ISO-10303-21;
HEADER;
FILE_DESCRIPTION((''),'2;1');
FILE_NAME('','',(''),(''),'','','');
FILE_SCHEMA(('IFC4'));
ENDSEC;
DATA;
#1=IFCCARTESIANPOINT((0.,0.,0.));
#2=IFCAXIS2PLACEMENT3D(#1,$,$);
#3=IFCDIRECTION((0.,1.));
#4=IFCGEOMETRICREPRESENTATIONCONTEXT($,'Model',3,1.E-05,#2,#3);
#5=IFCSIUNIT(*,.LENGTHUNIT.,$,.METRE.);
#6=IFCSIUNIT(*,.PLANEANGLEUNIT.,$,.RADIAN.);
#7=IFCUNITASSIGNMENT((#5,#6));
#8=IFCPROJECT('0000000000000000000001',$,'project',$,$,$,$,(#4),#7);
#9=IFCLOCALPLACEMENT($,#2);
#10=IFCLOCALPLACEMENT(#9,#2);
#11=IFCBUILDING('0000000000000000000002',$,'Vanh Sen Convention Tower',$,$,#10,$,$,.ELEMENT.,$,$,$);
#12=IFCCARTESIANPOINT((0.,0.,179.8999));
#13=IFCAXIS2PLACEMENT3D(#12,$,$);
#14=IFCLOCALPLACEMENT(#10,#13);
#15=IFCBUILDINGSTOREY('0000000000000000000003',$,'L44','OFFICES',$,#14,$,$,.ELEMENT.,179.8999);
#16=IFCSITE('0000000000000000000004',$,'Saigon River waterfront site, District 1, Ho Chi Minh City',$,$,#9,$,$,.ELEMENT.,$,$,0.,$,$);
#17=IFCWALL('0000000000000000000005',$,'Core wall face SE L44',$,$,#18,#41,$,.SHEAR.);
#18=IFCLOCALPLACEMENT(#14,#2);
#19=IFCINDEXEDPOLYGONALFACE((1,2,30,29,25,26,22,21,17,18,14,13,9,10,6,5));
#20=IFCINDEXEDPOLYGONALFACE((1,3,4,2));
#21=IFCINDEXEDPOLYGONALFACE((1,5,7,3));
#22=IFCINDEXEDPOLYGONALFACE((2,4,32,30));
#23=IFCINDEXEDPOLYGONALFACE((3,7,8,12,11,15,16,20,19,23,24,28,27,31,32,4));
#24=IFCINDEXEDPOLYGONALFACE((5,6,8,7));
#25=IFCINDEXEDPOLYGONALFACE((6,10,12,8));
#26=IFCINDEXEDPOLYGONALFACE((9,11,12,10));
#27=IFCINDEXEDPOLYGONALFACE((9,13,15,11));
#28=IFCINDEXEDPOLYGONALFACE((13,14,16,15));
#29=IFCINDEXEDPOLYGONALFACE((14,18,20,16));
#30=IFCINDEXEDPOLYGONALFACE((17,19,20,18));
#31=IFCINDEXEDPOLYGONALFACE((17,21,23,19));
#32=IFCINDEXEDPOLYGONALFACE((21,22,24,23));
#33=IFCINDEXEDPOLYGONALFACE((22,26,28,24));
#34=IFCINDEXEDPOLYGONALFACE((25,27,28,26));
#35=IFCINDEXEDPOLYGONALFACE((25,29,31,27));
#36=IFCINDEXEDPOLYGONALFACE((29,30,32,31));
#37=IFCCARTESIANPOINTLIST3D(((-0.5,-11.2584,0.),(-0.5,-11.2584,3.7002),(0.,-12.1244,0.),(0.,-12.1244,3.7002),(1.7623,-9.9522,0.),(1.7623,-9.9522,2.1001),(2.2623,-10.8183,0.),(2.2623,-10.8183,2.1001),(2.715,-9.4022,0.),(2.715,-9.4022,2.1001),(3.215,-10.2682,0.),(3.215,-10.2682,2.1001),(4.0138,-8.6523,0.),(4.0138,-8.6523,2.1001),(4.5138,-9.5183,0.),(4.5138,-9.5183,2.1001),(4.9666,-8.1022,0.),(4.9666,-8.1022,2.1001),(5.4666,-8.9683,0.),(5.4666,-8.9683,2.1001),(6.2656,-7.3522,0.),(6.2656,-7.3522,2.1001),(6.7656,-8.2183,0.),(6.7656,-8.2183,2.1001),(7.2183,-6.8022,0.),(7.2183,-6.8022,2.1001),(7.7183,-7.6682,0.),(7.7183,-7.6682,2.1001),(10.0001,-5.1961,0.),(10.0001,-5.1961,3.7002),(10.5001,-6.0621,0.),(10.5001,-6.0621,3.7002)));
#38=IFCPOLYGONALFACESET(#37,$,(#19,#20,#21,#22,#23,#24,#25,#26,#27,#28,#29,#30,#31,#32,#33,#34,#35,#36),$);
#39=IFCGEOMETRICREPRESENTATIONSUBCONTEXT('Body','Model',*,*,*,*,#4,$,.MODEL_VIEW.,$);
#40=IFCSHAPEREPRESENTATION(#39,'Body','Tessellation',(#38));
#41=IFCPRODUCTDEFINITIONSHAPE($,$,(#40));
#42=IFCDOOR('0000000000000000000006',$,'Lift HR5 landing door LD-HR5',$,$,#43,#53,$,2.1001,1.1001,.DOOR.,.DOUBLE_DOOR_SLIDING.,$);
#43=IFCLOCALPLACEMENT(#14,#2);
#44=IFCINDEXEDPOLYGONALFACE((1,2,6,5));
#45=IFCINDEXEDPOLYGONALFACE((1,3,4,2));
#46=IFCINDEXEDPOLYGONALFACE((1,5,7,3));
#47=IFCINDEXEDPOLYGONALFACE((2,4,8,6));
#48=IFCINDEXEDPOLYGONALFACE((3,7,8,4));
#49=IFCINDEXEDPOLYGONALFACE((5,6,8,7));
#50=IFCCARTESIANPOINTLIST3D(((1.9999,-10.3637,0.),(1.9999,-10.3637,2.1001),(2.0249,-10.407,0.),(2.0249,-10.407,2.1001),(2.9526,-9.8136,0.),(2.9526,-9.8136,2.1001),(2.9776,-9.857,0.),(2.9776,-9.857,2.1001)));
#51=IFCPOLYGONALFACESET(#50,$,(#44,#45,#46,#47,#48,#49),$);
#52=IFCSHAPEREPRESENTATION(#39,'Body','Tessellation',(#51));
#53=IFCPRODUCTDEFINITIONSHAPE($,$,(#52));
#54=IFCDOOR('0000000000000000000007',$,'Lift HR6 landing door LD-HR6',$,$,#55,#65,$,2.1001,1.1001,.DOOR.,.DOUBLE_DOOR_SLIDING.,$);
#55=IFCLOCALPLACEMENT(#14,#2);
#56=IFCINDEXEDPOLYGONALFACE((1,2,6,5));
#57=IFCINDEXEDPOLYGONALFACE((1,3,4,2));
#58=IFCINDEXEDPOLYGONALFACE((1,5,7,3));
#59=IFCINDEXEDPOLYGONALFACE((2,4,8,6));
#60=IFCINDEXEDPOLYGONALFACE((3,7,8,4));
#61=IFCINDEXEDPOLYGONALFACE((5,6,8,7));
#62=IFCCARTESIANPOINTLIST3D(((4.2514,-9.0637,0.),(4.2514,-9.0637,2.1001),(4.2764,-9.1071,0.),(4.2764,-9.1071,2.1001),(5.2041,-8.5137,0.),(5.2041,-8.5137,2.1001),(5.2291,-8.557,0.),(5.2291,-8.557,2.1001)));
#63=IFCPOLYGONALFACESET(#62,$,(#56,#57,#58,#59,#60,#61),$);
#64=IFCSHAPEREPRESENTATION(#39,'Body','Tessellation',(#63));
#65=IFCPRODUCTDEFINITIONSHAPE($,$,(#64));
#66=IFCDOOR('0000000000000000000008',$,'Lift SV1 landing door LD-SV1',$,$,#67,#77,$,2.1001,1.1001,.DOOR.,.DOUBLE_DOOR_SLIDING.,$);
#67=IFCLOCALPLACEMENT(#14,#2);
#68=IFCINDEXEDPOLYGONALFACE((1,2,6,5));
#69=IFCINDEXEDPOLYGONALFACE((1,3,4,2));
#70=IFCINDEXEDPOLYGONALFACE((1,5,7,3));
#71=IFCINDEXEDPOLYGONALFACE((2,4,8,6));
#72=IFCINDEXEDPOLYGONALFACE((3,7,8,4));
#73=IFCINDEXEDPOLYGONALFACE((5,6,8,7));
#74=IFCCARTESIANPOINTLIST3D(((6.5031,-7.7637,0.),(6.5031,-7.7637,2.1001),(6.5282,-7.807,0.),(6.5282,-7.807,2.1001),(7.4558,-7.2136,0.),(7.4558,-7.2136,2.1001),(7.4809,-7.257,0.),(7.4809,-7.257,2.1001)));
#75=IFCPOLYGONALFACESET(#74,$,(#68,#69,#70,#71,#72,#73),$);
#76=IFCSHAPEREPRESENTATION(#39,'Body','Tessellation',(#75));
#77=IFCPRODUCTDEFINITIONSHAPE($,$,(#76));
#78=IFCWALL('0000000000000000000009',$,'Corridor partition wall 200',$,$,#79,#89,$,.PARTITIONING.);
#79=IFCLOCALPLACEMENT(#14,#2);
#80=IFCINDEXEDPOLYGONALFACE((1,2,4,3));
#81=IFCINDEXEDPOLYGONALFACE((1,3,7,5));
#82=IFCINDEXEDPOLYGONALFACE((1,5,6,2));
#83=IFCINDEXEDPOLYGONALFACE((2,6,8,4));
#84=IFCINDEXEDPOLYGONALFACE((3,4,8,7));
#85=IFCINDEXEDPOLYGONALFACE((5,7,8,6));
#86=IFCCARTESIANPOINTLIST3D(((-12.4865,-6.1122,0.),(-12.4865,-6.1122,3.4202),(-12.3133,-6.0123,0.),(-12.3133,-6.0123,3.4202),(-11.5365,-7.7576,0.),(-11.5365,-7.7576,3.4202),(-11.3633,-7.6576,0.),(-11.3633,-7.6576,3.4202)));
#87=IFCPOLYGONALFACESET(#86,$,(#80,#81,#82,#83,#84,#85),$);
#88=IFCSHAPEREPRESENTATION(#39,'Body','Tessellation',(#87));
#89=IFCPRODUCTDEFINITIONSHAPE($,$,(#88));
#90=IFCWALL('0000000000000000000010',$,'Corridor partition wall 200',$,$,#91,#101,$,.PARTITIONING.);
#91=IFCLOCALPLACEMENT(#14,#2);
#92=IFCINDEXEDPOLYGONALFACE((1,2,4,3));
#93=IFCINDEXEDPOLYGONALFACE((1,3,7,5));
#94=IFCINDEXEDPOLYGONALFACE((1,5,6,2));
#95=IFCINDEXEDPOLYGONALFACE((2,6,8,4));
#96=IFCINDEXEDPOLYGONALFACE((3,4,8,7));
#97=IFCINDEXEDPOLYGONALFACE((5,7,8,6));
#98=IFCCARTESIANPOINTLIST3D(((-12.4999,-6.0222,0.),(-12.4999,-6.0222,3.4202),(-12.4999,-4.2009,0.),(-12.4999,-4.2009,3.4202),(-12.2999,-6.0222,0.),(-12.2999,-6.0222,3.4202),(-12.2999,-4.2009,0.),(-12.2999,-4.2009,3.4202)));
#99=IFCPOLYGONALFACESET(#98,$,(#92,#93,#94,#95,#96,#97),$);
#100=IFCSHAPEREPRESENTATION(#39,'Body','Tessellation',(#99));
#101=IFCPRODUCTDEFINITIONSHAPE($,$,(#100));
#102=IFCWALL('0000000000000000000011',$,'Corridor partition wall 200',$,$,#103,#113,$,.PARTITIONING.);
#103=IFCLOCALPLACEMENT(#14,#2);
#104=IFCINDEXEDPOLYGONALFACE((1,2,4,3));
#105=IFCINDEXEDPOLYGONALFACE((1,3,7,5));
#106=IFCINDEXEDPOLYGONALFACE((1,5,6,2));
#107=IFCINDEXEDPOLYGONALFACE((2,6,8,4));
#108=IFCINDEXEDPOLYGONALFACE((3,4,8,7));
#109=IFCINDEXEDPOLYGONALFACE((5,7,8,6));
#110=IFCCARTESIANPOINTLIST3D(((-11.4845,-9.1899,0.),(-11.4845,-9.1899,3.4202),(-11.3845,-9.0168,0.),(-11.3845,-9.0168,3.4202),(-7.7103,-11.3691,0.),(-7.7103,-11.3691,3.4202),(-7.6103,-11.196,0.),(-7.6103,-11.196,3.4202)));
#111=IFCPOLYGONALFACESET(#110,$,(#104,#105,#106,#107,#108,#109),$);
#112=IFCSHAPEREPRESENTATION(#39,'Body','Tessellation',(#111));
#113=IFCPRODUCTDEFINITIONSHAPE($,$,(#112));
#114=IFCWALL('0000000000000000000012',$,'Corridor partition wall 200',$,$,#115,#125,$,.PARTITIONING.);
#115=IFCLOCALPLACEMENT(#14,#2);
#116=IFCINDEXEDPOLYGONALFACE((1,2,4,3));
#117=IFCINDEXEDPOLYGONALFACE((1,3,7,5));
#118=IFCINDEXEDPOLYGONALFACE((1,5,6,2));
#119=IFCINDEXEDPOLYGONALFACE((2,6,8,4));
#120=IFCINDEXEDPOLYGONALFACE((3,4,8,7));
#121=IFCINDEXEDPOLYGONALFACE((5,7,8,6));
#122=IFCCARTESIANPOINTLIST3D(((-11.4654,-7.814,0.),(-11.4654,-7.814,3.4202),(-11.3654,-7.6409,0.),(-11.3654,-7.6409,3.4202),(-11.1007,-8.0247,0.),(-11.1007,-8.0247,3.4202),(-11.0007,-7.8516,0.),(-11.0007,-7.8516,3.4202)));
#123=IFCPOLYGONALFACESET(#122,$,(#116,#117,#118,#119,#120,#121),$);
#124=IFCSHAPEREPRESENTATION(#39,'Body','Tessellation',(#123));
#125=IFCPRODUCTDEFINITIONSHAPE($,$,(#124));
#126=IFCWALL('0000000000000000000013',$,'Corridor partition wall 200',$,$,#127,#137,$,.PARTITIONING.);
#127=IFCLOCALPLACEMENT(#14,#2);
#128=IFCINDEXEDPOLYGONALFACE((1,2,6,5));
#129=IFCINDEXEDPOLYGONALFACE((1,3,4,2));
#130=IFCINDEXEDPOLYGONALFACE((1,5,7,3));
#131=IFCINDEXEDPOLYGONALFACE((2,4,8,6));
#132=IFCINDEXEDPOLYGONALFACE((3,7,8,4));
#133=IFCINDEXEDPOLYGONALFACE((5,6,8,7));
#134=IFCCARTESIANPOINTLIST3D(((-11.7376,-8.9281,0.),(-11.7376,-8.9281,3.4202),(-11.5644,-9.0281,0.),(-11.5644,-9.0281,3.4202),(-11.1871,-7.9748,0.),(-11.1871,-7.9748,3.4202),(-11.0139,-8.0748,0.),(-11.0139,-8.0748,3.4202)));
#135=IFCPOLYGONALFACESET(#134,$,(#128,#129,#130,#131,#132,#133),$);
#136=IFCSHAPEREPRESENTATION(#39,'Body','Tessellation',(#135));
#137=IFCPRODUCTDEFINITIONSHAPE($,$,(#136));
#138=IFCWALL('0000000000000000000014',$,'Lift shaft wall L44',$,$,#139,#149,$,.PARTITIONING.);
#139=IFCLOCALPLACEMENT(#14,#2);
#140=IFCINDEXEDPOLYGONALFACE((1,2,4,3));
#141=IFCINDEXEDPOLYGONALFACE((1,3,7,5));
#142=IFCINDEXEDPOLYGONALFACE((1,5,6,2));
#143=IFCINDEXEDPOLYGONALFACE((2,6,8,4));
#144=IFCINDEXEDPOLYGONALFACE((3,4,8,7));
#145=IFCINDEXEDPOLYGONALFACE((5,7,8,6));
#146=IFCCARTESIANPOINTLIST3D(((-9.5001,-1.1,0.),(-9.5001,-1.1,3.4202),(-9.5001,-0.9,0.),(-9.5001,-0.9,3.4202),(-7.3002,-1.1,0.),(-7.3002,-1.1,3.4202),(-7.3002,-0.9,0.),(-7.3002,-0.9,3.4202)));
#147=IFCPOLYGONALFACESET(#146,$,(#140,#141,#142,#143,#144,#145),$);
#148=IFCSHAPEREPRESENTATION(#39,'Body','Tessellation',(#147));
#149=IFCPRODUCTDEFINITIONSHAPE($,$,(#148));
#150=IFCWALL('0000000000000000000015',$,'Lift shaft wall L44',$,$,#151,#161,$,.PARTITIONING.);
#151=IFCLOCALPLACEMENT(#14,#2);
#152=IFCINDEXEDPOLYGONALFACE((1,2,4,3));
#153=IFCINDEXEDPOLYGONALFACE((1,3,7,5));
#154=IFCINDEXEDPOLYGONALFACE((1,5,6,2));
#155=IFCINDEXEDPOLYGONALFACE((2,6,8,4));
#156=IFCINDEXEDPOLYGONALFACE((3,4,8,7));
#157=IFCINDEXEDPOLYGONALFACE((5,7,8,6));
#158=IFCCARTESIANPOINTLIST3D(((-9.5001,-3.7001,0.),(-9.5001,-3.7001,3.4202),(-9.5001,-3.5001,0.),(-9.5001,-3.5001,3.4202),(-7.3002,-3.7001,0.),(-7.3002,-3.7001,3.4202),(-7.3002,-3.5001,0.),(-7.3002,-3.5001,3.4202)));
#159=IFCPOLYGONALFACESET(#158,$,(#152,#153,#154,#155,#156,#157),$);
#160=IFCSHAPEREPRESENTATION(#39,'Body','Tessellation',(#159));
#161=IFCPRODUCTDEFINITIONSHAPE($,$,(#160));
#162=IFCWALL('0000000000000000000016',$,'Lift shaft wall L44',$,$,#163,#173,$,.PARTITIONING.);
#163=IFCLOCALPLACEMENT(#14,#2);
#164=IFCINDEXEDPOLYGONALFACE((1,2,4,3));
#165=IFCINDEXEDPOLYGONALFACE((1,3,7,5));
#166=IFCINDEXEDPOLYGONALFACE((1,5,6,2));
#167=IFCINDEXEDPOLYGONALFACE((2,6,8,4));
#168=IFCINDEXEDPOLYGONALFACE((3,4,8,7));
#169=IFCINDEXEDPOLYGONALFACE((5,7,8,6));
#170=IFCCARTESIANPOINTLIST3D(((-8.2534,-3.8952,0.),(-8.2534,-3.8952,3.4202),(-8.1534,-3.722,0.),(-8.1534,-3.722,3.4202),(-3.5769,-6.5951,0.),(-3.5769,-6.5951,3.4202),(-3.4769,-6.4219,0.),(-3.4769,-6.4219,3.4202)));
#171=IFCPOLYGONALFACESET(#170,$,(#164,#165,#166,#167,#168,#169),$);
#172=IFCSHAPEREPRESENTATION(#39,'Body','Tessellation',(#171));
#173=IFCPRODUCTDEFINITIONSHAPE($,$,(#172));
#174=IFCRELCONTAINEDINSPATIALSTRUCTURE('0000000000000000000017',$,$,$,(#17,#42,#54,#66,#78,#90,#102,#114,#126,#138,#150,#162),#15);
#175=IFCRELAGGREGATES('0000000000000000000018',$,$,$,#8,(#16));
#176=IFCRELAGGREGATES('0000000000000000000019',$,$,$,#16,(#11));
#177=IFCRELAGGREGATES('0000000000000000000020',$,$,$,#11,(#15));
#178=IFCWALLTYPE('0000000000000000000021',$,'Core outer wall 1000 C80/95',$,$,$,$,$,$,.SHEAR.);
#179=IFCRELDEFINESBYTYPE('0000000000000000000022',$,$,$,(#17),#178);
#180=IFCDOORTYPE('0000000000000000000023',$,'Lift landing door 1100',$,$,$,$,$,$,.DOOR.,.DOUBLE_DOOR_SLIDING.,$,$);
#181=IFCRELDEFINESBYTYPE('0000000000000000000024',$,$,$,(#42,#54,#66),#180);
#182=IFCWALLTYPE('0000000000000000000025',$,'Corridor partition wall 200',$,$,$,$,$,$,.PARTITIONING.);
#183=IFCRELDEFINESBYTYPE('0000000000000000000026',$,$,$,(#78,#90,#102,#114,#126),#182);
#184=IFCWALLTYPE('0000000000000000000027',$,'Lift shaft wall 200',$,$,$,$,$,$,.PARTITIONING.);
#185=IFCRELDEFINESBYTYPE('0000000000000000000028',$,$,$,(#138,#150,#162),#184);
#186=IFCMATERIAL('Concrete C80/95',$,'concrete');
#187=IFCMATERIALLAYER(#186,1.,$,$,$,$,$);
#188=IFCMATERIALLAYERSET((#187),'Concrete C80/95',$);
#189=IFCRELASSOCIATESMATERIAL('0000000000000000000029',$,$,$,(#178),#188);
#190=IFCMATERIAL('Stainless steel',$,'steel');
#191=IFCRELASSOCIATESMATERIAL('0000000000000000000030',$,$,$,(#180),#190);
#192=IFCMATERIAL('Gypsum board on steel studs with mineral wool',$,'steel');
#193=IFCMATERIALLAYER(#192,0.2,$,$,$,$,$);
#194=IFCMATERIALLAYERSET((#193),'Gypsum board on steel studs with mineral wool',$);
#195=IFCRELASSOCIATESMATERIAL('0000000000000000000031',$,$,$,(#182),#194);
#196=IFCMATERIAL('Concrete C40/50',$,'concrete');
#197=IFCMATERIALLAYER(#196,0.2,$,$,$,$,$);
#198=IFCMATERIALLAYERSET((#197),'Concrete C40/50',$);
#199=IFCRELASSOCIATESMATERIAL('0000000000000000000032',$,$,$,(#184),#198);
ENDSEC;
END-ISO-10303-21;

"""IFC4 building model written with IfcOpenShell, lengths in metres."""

from ifc_helpers import new_model, si_unit, direction, frame, frame_2d, origin, place, context, subcontext, project, spatial, rectangle, extrude, material, layer, layer_set, type_object, element, fill, save


model = new_model("IFC4")

# Units and contexts
model_context = context("Model", 3, precision=1e-05, world=origin(), true_north=direction((0.0, 1.0)))
body_context = subcontext(model_context, "Body", "Model", "MODEL_VIEW")
ifc_project = project(units=[si_unit("LENGTHUNIT", "METRE"), si_unit("PLANEANGLEUNIT", "RADIAN")], contexts=[model_context])

# Site, building, storey
site_placement = place(None, origin())
site = spatial("IfcSite", under=ifc_project, at=site_placement, Name="Saigon River waterfront site, District 1, Ho Chi Minh City", CompositionType="ELEMENT", RefElevation=0.0)
building_placement = place(site_placement, origin())
building = spatial("IfcBuilding", under=site, at=building_placement, Name="Vanh Sen Convention Tower", CompositionType="ELEMENT")
storey_placement = place(building_placement, frame((0.0, 0.0, 179.8999)))
storey = spatial("IfcBuildingStorey", under=building, at=storey_placement, Name="L44", Description="OFFICES", CompositionType="ELEMENT", Elevation=179.8999)

# Shared definitions
ifc_material_1 = material(Name="Concrete C40/50", Category="concrete")

# Wall, openings, doors
ifc_material_2 = material(Name="Concrete C80/95", Category="concrete")
ifc_layer_1 = layer(ifc_material_2, 1.0)
ifc_layer_set_1 = layer_set([ifc_layer_1], Name="Concrete C80/95")
wall_type_1 = type_object("IfcWallType", Name="Core outer wall 1000 C80/95", PredefinedType="SHEAR", material=ifc_layer_set_1)
ifc_material_3 = material(Name="Stainless steel", Category="steel")
door_type_1 = type_object("IfcDoorType", Name="Lift landing door 1100", OperationType="DOUBLE_DOOR_SLIDING", PredefinedType="DOOR", material=ifc_material_3)
wall_1_placement = place(storey_placement, frame((-0.25, -11.6914, 0.0), z_axis=(0.0, 0.0, 1.0), x_axis=(0.866023, 0.500005, 0.0)))
wall_1 = element("IfcWall", 1, at=wall_1_placement, inside=storey, type_object=wall_type_1, Name="Core wall face SE L44", PredefinedType="SHEAR", context=body_context, shape_type="SweptSolid", body=[
    extrude(rectangle(XDim=12.1245, YDim=1.0, at=frame_2d((6.0623, 0.0))), origin(), (0.0, 0.0, 1.0), 3.7002),
])
opening_1_placement = place(wall_1_placement, frame((2.6123, 0.0, 0.0)))
opening_1 = element("IfcOpeningElement", 2, at=opening_1_placement, cuts=wall_1, PredefinedType="OPENING", context=body_context, shape_type="SweptSolid", body=[
    extrude(rectangle(XDim=1.1001, YDim=2.1001, at=frame_2d((0.55, 1.05))), frame((0.0, 0.51, 0.0), z_axis=(0.0, -1.0, 0.0), x_axis=(1.0, 0.0, 0.0)), (0.0, 0.0, 1.0), 1.02),
])
opening_2_placement = place(wall_1_placement, frame((5.2122, 0.0, 0.0)))
opening_2 = element("IfcOpeningElement", 3, at=opening_2_placement, cuts=wall_1, PredefinedType="OPENING", context=body_context, shape_type="SweptSolid", body=[
    extrude(rectangle(XDim=1.1001, YDim=2.1001, at=frame_2d((0.55, 1.05))), frame((0.0, 0.51, 0.0), z_axis=(0.0, -1.0, 0.0), x_axis=(1.0, 0.0, 0.0)), (0.0, 0.0, 1.0), 1.02),
])
opening_3_placement = place(wall_1_placement, frame((7.8123, 0.0, 0.0)))
opening_3 = element("IfcOpeningElement", 4, at=opening_3_placement, cuts=wall_1, PredefinedType="OPENING", context=body_context, shape_type="SweptSolid", body=[
    extrude(rectangle(XDim=1.1001, YDim=2.1001, at=frame_2d((0.55, 1.05))), frame((0.0, 0.51, 0.0), z_axis=(0.0, -1.0, 0.0), x_axis=(1.0, 0.0, 0.0)), (0.0, 0.0, 1.0), 1.02),
])
door_1_placement = place(opening_1_placement, origin())
door_1 = element("IfcDoor", 5, at=door_1_placement, inside=storey, type_object=door_type_1, Name="Lift HR5 landing door LD-HR5", OperationType="DOUBLE_DOOR_SLIDING", OverallHeight=2.1001, OverallWidth=1.1001, PredefinedType="DOOR", context=body_context, shape_type="SweptSolid", body=[
    extrude(rectangle(XDim=1.1001, YDim=2.1001, at=frame_2d((0.55, 1.05))), frame((0.0, 0.0249, 0.0), z_axis=(0.0, -1.0, 0.0), x_axis=(1.0, 0.0, 0.0)), (0.0, 0.0, 1.0), 0.05),
])
fill(opening_1, door_1)
door_2_placement = place(opening_2_placement, origin())
door_2 = element("IfcDoor", 6, at=door_2_placement, inside=storey, type_object=door_type_1, Name="Lift HR6 landing door LD-HR6", OperationType="DOUBLE_DOOR_SLIDING", OverallHeight=2.1001, OverallWidth=1.1001, PredefinedType="DOOR", context=body_context, shape_type="SweptSolid", body=[
    extrude(rectangle(XDim=1.1001, YDim=2.1001, at=frame_2d((0.55, 1.05))), frame((0.0, 0.0249, 0.0), z_axis=(0.0, -1.0, 0.0), x_axis=(1.0, 0.0, 0.0)), (0.0, 0.0, 1.0), 0.05),
])
fill(opening_2, door_2)
door_3_placement = place(opening_3_placement, origin())
door_3 = element("IfcDoor", 7, at=door_3_placement, inside=storey, type_object=door_type_1, Name="Lift SV1 landing door LD-SV1", OperationType="DOUBLE_DOOR_SLIDING", OverallHeight=2.1001, OverallWidth=1.1001, PredefinedType="DOOR", context=body_context, shape_type="SweptSolid", body=[
    extrude(rectangle(XDim=1.1001, YDim=2.1001, at=frame_2d((0.55, 1.05))), frame((0.0, 0.0249, 0.0), z_axis=(0.0, -1.0, 0.0), x_axis=(1.0, 0.0, 0.0)), (0.0, 0.0, 1.0), 0.05),
])
fill(opening_3, door_3)

# Walls
ifc_material_4 = material(Name="Gypsum board on steel studs with mineral wool", Category="steel")
ifc_layer_2 = layer(ifc_material_4, 0.2)
ifc_layer_set_2 = layer_set([ifc_layer_2], Name="Gypsum board on steel studs with mineral wool")
wall_type_2 = type_object("IfcWallType", Name="Corridor partition wall 200", PredefinedType="PARTITIONING", material=ifc_layer_set_2)
wall_2_placement = place(storey_placement, frame((-12.3999, -6.0623, 0.0), z_axis=(0.0, 0.0, 1.0), x_axis=(0.500023, -0.866012, 0.0)))
element("IfcWall", 8, at=wall_2_placement, inside=storey, type_object=wall_type_2, Name="Corridor partition wall 200", PredefinedType="PARTITIONING", context=body_context, shape_type="SweptSolid", body=[
    extrude(rectangle(XDim=1.8999, YDim=0.2, at=frame_2d((0.95, 0.0))), origin(), (0.0, 0.0, 1.0), 3.4202),
])
wall_3_placement = place(storey_placement, frame((-12.3999, -4.2009, 0.0), z_axis=(0.0, 0.0, 1.0), x_axis=(0.0, -1.0, 0.0)))
element("IfcWall", 9, at=wall_3_placement, inside=storey, type_object=wall_type_2, Name="Corridor partition wall 200", PredefinedType="PARTITIONING", context=body_context, shape_type="SweptSolid", body=[
    extrude(rectangle(XDim=1.8213, YDim=0.2, at=frame_2d((0.9106, 0.0))), origin(), (0.0, 0.0, 1.0), 3.4202),
])
wall_4_placement = place(storey_placement, frame((-11.4346, -9.1033, 0.0), z_axis=(0.0, 0.0, 1.0), x_axis=(0.866007, -0.500031, 0.0)))
element("IfcWall", 10, at=wall_4_placement, inside=storey, type_object=wall_type_2, Name="Corridor partition wall 200", PredefinedType="PARTITIONING", context=body_context, shape_type="SweptSolid", body=[
    extrude(rectangle(XDim=4.3582, YDim=0.2, at=frame_2d((2.1792, 0.0))), origin(), (0.0, 0.0, 1.0), 3.4202),
])
wall_5_placement = place(storey_placement, frame((-11.4153, -7.7275, 0.0), z_axis=(0.0, 0.0, 1.0), x_axis=(0.865915, -0.500191, 0.0)))
element("IfcWall", 11, at=wall_5_placement, inside=storey, type_object=wall_type_2, Name="Corridor partition wall 200", PredefinedType="PARTITIONING", context=body_context, shape_type="SweptSolid", body=[
    extrude(rectangle(XDim=0.4211, YDim=0.2, at=frame_2d((0.2104, 0.0))), origin(), (0.0, 0.0, 1.0), 3.4202),
])
wall_6_placement = place(storey_placement, frame((-11.1006, -8.0249, 0.0), z_axis=(0.0, 0.0, 1.0), x_axis=(-0.500074, -0.865982, 0.0)))
element("IfcWall", 12, at=wall_6_placement, inside=storey, type_object=wall_type_2, Name="Corridor partition wall 200", PredefinedType="PARTITIONING", context=body_context, shape_type="SweptSolid", body=[
    extrude(rectangle(XDim=1.1008, YDim=0.2, at=frame_2d((0.5503, 0.0))), origin(), (0.0, 0.0, 1.0), 3.4202),
])
ifc_layer_3 = layer(ifc_material_1, 0.2)
ifc_layer_set_3 = layer_set([ifc_layer_3], Name="Concrete C40/50")
wall_type_3 = type_object("IfcWallType", Name="Lift shaft wall 200", PredefinedType="PARTITIONING", material=ifc_layer_set_3)
for number, where, z_axis, x_axis, name in (
    (13, (-7.3, -1.0, 0.0), (0.0, 0.0, 1.0), (-1.0, 0.0, 0.0), "Lift shaft wall L44"),
    (14, (-7.3, -3.6001, 0.0), (0.0, 0.0, 1.0), (-1.0, 0.0, 0.0), "Lift shaft wall L44"),
):
    element("IfcWall", number, at=place(storey_placement, frame(where, z_axis=z_axis, x_axis=x_axis)), inside=storey, type_object=wall_type_3, Name=name, PredefinedType="PARTITIONING", context=body_context, shape_type="SweptSolid", body=[
        extrude(rectangle(XDim=2.2, YDim=0.2, at=frame_2d((1.1001, 0.0))), origin(), (0.0, 0.0, 1.0), 3.4202),
    ])
wall_7_placement = place(storey_placement, frame((-8.2034, -3.8086, 0.0), z_axis=(0.0, 0.0, 1.0), x_axis=(0.866028, -0.499995, 0.0)))
element("IfcWall", 15, at=wall_7_placement, inside=storey, type_object=wall_type_3, Name="Lift shaft wall L44", PredefinedType="PARTITIONING", context=body_context, shape_type="SweptSolid", body=[
    extrude(rectangle(XDim=5.3999, YDim=0.2, at=frame_2d((2.7, 0.0))), origin(), (0.0, 0.0, 1.0), 3.4202),
])

save(model, "model.ifc")
